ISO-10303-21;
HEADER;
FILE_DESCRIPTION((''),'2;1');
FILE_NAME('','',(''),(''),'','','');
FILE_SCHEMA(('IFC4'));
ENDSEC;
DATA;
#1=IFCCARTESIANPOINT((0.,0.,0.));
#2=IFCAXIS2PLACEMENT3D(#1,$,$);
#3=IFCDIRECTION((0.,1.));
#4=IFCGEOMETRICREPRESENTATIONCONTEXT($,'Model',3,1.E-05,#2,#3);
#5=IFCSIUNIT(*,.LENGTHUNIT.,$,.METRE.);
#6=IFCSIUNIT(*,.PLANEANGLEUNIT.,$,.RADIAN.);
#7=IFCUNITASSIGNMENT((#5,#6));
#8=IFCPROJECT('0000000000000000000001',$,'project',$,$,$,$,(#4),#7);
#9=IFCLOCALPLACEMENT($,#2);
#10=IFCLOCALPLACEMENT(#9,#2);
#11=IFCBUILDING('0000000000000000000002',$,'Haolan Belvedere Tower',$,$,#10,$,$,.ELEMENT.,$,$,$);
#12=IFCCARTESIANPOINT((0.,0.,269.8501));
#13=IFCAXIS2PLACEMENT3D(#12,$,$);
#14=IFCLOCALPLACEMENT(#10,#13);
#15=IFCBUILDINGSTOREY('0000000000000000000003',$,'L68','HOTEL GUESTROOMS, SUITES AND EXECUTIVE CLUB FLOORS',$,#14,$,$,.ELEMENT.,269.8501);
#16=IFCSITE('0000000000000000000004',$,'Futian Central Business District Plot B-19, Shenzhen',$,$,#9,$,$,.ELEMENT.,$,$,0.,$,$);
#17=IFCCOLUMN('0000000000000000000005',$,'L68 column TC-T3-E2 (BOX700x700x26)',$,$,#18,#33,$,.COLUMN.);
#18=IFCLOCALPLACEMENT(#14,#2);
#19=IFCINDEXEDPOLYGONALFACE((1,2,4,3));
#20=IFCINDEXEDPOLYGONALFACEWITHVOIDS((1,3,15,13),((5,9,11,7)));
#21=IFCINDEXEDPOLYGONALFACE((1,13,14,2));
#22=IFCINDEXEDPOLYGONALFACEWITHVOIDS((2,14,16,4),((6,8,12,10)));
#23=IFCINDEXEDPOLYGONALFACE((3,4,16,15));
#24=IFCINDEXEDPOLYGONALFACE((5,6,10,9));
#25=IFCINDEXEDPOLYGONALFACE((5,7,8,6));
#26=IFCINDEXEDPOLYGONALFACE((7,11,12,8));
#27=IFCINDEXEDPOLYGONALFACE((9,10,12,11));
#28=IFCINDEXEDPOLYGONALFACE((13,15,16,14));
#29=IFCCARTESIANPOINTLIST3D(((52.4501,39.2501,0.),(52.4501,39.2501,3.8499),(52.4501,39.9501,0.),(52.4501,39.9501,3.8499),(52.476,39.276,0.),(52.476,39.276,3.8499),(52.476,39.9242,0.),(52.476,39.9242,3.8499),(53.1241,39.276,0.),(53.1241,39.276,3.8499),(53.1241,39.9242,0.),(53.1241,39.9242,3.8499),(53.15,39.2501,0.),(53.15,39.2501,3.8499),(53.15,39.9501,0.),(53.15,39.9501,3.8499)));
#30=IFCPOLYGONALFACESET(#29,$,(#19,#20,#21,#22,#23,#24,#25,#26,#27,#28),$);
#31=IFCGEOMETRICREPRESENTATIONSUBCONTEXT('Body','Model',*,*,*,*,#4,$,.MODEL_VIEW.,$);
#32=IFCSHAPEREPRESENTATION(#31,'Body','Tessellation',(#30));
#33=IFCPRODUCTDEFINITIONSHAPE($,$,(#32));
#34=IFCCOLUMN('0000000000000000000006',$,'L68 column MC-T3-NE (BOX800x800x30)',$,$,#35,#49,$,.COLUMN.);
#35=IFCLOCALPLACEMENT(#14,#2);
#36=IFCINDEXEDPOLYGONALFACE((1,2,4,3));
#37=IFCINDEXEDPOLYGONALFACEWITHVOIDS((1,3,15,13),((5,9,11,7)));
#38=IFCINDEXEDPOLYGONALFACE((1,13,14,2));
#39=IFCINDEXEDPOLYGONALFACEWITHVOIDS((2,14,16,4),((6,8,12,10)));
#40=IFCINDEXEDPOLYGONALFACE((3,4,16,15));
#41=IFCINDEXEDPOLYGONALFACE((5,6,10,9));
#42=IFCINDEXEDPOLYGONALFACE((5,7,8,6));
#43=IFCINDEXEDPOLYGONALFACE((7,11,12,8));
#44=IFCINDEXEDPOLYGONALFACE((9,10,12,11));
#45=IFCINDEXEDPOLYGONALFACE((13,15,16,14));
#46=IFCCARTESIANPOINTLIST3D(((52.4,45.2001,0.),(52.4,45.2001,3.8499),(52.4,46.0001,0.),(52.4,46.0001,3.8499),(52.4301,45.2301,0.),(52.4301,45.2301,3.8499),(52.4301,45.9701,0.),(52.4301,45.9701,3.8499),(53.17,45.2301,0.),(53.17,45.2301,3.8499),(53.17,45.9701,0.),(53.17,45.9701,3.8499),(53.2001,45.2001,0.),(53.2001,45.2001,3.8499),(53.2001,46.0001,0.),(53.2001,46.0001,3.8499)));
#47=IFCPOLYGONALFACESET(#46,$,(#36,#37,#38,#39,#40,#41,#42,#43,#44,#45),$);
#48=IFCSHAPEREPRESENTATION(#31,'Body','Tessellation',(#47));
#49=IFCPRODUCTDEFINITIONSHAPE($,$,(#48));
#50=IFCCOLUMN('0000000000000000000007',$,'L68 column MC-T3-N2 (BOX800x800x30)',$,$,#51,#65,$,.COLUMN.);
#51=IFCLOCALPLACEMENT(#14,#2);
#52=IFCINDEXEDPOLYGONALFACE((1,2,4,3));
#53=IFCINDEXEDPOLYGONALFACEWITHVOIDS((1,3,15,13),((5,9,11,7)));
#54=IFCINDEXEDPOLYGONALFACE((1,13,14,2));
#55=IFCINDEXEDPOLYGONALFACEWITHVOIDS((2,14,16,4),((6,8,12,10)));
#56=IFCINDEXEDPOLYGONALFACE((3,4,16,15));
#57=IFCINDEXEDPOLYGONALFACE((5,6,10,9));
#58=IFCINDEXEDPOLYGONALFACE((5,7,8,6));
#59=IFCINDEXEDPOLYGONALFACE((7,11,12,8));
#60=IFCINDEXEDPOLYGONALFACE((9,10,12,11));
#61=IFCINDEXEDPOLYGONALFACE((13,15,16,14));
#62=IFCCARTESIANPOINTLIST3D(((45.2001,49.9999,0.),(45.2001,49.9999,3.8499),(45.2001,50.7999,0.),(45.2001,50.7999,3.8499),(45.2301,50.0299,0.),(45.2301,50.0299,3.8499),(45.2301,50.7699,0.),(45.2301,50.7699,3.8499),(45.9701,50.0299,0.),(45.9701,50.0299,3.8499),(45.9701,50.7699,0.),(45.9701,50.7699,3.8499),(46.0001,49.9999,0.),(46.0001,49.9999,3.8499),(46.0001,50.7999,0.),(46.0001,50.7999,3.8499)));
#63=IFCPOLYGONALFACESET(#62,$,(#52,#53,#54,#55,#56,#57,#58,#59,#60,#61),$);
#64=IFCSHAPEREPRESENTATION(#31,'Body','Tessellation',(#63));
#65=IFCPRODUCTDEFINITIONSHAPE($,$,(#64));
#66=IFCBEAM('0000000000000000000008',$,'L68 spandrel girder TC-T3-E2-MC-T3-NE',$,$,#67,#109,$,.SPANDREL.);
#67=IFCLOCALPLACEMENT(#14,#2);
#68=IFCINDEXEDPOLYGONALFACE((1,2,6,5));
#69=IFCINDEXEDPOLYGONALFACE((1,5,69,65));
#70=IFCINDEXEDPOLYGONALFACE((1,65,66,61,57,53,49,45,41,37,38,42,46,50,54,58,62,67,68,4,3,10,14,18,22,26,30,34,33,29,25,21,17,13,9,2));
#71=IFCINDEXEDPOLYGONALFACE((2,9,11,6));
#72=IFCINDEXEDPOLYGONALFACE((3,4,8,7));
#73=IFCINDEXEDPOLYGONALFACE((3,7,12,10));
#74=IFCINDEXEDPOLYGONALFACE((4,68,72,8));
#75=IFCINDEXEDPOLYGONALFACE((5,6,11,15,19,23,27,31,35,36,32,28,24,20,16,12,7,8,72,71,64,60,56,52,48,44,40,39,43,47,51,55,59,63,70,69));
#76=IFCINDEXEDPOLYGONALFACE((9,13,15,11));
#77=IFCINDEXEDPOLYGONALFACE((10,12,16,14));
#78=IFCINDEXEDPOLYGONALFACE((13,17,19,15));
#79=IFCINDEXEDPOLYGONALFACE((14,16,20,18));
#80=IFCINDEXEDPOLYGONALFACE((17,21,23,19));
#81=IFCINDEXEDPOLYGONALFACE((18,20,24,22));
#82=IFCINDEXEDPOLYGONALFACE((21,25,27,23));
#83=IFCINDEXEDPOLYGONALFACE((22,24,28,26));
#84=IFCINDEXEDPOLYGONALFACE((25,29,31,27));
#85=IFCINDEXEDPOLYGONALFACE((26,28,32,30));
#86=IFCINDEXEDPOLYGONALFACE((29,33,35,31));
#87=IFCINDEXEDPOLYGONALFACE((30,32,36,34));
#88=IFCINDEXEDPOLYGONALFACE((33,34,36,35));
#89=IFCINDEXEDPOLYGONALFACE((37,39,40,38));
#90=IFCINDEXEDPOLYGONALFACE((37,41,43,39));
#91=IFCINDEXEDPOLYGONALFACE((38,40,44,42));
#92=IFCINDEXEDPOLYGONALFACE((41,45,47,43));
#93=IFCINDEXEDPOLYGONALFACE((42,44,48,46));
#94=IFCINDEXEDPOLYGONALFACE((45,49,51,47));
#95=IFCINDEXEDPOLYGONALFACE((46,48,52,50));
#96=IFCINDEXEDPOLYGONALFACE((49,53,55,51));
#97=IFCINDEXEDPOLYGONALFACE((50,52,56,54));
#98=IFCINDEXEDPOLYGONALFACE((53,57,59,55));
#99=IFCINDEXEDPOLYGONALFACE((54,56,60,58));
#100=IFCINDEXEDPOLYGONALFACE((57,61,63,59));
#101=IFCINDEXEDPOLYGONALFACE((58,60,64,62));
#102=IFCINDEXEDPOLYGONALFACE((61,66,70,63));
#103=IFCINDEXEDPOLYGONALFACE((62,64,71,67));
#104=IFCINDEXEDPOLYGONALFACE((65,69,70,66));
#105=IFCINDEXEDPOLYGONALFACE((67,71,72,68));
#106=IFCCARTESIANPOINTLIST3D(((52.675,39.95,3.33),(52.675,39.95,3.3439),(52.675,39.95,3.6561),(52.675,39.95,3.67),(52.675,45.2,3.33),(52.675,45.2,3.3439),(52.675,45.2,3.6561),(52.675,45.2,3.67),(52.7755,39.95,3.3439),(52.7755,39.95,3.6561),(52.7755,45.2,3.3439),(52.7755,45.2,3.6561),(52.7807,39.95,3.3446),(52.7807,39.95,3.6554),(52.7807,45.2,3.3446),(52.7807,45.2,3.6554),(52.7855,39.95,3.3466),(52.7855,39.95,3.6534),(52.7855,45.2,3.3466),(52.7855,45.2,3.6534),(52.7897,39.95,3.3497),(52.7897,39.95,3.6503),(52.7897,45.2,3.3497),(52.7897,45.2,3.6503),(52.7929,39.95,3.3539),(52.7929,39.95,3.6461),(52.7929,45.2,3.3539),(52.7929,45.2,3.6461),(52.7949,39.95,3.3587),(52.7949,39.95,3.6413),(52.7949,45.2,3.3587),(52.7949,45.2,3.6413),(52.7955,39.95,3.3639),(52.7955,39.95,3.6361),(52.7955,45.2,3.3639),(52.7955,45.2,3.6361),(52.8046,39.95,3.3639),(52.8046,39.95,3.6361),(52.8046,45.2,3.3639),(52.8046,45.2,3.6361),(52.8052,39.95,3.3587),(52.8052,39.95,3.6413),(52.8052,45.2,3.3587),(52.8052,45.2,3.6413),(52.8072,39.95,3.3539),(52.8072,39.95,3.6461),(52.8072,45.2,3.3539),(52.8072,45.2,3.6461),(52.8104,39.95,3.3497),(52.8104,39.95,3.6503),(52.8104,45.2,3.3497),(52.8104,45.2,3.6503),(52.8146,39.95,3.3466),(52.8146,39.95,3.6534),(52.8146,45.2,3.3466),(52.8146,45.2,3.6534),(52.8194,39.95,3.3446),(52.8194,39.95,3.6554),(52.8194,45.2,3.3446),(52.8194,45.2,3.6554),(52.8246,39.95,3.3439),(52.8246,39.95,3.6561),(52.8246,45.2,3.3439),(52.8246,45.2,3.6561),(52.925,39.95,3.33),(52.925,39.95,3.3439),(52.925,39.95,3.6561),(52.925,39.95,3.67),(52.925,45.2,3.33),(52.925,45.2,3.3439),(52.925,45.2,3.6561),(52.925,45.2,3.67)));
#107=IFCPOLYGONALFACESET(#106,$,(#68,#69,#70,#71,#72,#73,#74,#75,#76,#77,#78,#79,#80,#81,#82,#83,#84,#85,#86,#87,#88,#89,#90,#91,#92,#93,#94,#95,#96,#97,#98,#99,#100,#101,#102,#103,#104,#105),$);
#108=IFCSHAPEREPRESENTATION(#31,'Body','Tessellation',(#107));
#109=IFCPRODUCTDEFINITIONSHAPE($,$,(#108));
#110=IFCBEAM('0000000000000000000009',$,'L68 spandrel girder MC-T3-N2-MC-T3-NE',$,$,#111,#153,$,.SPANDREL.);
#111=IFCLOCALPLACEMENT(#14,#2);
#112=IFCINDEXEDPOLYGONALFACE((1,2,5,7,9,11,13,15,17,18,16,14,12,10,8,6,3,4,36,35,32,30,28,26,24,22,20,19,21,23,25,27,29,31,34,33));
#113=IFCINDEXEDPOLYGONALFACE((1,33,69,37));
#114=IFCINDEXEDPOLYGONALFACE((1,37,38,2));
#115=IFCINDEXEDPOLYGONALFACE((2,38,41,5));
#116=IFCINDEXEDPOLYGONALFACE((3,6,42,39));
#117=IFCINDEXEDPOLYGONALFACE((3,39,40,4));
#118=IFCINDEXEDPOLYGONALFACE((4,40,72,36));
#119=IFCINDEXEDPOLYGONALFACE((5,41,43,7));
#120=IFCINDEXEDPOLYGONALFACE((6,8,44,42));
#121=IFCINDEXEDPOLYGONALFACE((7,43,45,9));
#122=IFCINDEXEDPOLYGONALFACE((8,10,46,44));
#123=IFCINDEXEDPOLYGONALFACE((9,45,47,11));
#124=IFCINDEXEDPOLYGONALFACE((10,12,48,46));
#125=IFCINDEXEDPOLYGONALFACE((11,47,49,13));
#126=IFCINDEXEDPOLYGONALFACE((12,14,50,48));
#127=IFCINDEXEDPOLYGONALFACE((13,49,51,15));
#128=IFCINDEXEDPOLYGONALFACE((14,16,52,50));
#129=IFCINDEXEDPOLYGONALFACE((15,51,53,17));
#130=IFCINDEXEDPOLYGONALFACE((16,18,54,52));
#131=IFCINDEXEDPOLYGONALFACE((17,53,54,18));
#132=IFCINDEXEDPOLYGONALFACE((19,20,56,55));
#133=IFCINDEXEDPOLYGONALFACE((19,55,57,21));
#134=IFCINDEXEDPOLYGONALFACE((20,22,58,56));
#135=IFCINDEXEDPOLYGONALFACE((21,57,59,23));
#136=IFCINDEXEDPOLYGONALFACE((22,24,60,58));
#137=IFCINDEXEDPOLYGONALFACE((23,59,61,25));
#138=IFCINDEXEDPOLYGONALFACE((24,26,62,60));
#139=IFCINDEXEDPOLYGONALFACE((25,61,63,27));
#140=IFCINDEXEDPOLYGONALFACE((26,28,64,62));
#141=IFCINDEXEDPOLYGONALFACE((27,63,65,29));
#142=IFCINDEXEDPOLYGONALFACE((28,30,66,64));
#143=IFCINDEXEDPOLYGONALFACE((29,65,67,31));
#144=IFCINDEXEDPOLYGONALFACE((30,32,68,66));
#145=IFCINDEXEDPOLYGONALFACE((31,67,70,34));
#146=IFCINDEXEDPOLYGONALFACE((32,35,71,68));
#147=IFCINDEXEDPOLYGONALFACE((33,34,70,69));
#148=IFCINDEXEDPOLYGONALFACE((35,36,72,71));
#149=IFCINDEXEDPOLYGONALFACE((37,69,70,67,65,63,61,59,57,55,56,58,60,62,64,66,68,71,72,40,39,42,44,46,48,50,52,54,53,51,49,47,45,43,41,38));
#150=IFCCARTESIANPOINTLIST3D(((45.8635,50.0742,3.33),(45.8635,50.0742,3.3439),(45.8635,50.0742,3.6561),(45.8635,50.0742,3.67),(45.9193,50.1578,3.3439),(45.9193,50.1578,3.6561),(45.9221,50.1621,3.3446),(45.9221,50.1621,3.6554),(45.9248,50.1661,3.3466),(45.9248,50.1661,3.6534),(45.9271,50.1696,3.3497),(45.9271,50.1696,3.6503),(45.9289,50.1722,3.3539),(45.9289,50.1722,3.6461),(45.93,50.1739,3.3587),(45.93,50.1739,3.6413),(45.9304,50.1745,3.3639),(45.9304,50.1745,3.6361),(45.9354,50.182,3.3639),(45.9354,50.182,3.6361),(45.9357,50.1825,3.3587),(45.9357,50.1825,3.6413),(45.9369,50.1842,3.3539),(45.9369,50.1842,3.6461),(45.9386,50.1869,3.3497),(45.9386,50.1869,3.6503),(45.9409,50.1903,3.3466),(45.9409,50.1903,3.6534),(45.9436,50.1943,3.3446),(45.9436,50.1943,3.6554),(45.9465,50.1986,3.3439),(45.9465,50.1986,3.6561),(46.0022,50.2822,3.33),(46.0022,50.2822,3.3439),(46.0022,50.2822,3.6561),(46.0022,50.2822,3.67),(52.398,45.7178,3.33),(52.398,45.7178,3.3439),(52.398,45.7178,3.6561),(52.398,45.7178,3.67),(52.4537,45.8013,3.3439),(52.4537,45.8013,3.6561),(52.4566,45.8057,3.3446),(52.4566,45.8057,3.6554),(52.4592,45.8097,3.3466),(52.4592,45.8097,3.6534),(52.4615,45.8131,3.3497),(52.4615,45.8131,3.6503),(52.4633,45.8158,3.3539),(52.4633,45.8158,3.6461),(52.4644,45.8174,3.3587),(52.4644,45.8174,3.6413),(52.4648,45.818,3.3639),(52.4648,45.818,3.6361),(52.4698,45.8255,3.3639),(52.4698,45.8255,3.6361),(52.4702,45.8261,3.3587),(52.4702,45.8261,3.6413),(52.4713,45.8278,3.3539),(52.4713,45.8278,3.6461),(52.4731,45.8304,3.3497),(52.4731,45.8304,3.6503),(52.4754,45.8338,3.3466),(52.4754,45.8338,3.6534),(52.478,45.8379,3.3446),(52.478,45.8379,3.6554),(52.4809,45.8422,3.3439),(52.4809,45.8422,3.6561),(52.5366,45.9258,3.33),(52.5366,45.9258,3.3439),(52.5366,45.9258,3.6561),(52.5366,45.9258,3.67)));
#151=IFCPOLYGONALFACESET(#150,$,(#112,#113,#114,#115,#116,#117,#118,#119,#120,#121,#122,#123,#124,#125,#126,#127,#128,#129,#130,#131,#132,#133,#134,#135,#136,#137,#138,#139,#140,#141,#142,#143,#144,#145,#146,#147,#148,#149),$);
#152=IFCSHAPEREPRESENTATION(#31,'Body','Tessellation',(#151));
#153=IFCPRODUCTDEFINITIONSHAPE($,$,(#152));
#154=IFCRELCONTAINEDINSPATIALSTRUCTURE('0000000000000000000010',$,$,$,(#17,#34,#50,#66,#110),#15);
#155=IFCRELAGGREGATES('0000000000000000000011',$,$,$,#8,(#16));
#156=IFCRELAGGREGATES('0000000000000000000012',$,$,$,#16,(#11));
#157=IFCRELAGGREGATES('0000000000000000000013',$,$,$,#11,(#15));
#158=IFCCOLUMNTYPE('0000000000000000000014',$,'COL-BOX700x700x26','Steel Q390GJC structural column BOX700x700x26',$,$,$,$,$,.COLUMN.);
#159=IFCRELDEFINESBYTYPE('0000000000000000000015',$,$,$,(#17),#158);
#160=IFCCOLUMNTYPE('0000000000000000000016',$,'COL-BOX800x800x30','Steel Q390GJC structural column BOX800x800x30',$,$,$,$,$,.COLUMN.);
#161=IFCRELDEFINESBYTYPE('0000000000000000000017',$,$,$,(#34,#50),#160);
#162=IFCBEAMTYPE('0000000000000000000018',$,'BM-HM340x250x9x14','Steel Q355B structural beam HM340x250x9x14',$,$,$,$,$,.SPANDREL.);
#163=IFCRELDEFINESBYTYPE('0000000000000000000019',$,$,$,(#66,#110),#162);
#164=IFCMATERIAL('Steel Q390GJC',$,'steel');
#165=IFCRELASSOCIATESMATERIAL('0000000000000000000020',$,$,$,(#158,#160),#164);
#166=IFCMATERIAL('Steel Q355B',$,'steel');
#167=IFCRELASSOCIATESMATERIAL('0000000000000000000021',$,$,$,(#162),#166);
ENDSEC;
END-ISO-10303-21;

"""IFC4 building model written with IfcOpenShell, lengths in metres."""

from ifc_helpers import new_model, si_unit, direction, frame, origin, origin_2d, place, context, subcontext, project, spatial, hollow_rectangle, i_section, extrude, material, material_profile, profile_set, type_object, element, save


model = new_model("IFC4")

# Units and contexts
model_context = context("Model", 3, precision=1e-05, world=origin(), true_north=direction((0.0, 1.0)))
body_context = subcontext(model_context, "Body", "Model", "MODEL_VIEW")
ifc_project = project(units=[si_unit("LENGTHUNIT", "METRE"), si_unit("PLANEANGLEUNIT", "RADIAN")], contexts=[model_context])

# Site, building, storey
site_placement = place(None, origin())
site = spatial("IfcSite", under=ifc_project, at=site_placement, Name="Futian Central Business District Plot B-19, Shenzhen", CompositionType="ELEMENT", RefElevation=0.0)
building_placement = place(site_placement, origin())
building = spatial("IfcBuilding", under=site, at=building_placement, Name="Haolan Belvedere Tower", CompositionType="ELEMENT")
storey_placement = place(building_placement, frame((0.0, 0.0, 269.8501)))
storey = spatial("IfcBuildingStorey", under=building, at=storey_placement, Name="L68", Description="HOTEL GUESTROOMS, SUITES AND EXECUTIVE CLUB FLOORS", CompositionType="ELEMENT", Elevation=269.8501)

# Columns
ifc_material_1 = material(Name="Steel Q390GJC", Category="steel")
ifc_material_profile_1 = material_profile(ifc_material_1, hollow_rectangle(XDim=0.7, YDim=0.7, WallThickness=0.0259, at=origin_2d()), Name="Steel Q390GJC")
ifc_profile_set_1 = profile_set([ifc_material_profile_1], Name="Steel Q390GJC")
column_type_1 = type_object("IfcColumnType", Name="COL-BOX700x700x26", Description="Steel Q390GJC structural column BOX700x700x26", PredefinedType="COLUMN", material=ifc_profile_set_1)
column_placement = place(storey_placement, frame((52.8, 39.6001, 0.0), z_axis=(0.0, 0.0, 1.0), x_axis=(1.0, 0.0, 0.0)))
element("IfcColumn", 1, at=column_placement, inside=storey, type_object=column_type_1, Name="L68 column TC-T3-E2 (BOX700x700x26)", PredefinedType="COLUMN", context=body_context, shape_type="SweptSolid", body=[
    extrude(hollow_rectangle(XDim=0.7, YDim=0.7, WallThickness=0.0259, at=origin_2d()), origin(), (0.0, 0.0, 1.0), 3.8499),
])
ifc_material_profile_2 = material_profile(ifc_material_1, hollow_rectangle(XDim=0.8, YDim=0.8, WallThickness=0.03, at=origin_2d()), Name="Steel Q390GJC")
ifc_profile_set_2 = profile_set([ifc_material_profile_2], Name="Steel Q390GJC")
column_type_2 = type_object("IfcColumnType", Name="COL-BOX800x800x30", Description="Steel Q390GJC structural column BOX800x800x30", PredefinedType="COLUMN", material=ifc_profile_set_2)
for number, where, z_axis, x_axis, name in (
    (2, (52.8, 45.6001, 0.0), (0.0, 0.0, 1.0), (1.0, 0.0, 0.0), "L68 column MC-T3-NE (BOX800x800x30)"),
    (3, (45.6001, 50.3999, 0.0), (0.0, 0.0, 1.0), (1.0, 0.0, 0.0), "L68 column MC-T3-N2 (BOX800x800x30)"),
):
    element("IfcColumn", number, at=place(storey_placement, frame(where, z_axis=z_axis, x_axis=x_axis)), inside=storey, type_object=column_type_2, Name=name, PredefinedType="COLUMN", context=body_context, shape_type="SweptSolid", body=[
        extrude(hollow_rectangle(XDim=0.8, YDim=0.8, WallThickness=0.03, at=origin_2d()), origin(), (0.0, 0.0, 1.0), 3.8499),
    ])

# Beams
ifc_material_2 = material(Name="Steel Q355B", Category="steel")
ifc_material_profile_3 = material_profile(ifc_material_2, i_section(OverallWidth=0.25, OverallDepth=0.3401, WebThickness=0.009, FlangeThickness=0.0139, FilletRadius=0.02, at=origin_2d()), Name="Steel Q355B")
ifc_profile_set_3 = profile_set([ifc_material_profile_3], Name="Steel Q355B")
beam_type_1 = type_object("IfcBeamType", Name="BM-HM340x250x9x14", Description="Steel Q355B structural beam HM340x250x9x14", PredefinedType="SPANDREL", material=ifc_profile_set_3)
beam_1_placement = place(storey_placement, frame((52.8, 39.95, 3.5), z_axis=(0.0, 1.0, 0.0), x_axis=(-1.0, 0.0, 0.0)))
element("IfcBeam", 4, at=beam_1_placement, inside=storey, type_object=beam_type_1, Name="L68 spandrel girder TC-T3-E2-MC-T3-NE", PredefinedType="SPANDREL", context=body_context, shape_type="SweptSolid", body=[
    extrude(i_section(OverallWidth=0.25, OverallDepth=0.3401, WebThickness=0.009, FlangeThickness=0.0139, FilletRadius=0.02, at=origin_2d()), origin(), (0.0, 0.0, 1.0), 5.25),
])
beam_2_placement = place(storey_placement, frame((45.9329, 50.1782, 3.5), z_axis=(0.832041, -0.554715, 0.0), x_axis=(0.554715, 0.832041, 0.0)))
element("IfcBeam", 5, at=beam_2_placement, inside=storey, type_object=beam_type_1, Name="L68 spandrel girder MC-T3-N2-MC-T3-NE", PredefinedType="SPANDREL", context=body_context, shape_type="SweptSolid", body=[
    extrude(i_section(OverallWidth=0.25, OverallDepth=0.3401, WebThickness=0.009, FlangeThickness=0.0139, FilletRadius=0.02, at=origin_2d()), origin(), (0.0, 0.0, 1.0), 7.8535),
])

save(model, "model.ifc")
